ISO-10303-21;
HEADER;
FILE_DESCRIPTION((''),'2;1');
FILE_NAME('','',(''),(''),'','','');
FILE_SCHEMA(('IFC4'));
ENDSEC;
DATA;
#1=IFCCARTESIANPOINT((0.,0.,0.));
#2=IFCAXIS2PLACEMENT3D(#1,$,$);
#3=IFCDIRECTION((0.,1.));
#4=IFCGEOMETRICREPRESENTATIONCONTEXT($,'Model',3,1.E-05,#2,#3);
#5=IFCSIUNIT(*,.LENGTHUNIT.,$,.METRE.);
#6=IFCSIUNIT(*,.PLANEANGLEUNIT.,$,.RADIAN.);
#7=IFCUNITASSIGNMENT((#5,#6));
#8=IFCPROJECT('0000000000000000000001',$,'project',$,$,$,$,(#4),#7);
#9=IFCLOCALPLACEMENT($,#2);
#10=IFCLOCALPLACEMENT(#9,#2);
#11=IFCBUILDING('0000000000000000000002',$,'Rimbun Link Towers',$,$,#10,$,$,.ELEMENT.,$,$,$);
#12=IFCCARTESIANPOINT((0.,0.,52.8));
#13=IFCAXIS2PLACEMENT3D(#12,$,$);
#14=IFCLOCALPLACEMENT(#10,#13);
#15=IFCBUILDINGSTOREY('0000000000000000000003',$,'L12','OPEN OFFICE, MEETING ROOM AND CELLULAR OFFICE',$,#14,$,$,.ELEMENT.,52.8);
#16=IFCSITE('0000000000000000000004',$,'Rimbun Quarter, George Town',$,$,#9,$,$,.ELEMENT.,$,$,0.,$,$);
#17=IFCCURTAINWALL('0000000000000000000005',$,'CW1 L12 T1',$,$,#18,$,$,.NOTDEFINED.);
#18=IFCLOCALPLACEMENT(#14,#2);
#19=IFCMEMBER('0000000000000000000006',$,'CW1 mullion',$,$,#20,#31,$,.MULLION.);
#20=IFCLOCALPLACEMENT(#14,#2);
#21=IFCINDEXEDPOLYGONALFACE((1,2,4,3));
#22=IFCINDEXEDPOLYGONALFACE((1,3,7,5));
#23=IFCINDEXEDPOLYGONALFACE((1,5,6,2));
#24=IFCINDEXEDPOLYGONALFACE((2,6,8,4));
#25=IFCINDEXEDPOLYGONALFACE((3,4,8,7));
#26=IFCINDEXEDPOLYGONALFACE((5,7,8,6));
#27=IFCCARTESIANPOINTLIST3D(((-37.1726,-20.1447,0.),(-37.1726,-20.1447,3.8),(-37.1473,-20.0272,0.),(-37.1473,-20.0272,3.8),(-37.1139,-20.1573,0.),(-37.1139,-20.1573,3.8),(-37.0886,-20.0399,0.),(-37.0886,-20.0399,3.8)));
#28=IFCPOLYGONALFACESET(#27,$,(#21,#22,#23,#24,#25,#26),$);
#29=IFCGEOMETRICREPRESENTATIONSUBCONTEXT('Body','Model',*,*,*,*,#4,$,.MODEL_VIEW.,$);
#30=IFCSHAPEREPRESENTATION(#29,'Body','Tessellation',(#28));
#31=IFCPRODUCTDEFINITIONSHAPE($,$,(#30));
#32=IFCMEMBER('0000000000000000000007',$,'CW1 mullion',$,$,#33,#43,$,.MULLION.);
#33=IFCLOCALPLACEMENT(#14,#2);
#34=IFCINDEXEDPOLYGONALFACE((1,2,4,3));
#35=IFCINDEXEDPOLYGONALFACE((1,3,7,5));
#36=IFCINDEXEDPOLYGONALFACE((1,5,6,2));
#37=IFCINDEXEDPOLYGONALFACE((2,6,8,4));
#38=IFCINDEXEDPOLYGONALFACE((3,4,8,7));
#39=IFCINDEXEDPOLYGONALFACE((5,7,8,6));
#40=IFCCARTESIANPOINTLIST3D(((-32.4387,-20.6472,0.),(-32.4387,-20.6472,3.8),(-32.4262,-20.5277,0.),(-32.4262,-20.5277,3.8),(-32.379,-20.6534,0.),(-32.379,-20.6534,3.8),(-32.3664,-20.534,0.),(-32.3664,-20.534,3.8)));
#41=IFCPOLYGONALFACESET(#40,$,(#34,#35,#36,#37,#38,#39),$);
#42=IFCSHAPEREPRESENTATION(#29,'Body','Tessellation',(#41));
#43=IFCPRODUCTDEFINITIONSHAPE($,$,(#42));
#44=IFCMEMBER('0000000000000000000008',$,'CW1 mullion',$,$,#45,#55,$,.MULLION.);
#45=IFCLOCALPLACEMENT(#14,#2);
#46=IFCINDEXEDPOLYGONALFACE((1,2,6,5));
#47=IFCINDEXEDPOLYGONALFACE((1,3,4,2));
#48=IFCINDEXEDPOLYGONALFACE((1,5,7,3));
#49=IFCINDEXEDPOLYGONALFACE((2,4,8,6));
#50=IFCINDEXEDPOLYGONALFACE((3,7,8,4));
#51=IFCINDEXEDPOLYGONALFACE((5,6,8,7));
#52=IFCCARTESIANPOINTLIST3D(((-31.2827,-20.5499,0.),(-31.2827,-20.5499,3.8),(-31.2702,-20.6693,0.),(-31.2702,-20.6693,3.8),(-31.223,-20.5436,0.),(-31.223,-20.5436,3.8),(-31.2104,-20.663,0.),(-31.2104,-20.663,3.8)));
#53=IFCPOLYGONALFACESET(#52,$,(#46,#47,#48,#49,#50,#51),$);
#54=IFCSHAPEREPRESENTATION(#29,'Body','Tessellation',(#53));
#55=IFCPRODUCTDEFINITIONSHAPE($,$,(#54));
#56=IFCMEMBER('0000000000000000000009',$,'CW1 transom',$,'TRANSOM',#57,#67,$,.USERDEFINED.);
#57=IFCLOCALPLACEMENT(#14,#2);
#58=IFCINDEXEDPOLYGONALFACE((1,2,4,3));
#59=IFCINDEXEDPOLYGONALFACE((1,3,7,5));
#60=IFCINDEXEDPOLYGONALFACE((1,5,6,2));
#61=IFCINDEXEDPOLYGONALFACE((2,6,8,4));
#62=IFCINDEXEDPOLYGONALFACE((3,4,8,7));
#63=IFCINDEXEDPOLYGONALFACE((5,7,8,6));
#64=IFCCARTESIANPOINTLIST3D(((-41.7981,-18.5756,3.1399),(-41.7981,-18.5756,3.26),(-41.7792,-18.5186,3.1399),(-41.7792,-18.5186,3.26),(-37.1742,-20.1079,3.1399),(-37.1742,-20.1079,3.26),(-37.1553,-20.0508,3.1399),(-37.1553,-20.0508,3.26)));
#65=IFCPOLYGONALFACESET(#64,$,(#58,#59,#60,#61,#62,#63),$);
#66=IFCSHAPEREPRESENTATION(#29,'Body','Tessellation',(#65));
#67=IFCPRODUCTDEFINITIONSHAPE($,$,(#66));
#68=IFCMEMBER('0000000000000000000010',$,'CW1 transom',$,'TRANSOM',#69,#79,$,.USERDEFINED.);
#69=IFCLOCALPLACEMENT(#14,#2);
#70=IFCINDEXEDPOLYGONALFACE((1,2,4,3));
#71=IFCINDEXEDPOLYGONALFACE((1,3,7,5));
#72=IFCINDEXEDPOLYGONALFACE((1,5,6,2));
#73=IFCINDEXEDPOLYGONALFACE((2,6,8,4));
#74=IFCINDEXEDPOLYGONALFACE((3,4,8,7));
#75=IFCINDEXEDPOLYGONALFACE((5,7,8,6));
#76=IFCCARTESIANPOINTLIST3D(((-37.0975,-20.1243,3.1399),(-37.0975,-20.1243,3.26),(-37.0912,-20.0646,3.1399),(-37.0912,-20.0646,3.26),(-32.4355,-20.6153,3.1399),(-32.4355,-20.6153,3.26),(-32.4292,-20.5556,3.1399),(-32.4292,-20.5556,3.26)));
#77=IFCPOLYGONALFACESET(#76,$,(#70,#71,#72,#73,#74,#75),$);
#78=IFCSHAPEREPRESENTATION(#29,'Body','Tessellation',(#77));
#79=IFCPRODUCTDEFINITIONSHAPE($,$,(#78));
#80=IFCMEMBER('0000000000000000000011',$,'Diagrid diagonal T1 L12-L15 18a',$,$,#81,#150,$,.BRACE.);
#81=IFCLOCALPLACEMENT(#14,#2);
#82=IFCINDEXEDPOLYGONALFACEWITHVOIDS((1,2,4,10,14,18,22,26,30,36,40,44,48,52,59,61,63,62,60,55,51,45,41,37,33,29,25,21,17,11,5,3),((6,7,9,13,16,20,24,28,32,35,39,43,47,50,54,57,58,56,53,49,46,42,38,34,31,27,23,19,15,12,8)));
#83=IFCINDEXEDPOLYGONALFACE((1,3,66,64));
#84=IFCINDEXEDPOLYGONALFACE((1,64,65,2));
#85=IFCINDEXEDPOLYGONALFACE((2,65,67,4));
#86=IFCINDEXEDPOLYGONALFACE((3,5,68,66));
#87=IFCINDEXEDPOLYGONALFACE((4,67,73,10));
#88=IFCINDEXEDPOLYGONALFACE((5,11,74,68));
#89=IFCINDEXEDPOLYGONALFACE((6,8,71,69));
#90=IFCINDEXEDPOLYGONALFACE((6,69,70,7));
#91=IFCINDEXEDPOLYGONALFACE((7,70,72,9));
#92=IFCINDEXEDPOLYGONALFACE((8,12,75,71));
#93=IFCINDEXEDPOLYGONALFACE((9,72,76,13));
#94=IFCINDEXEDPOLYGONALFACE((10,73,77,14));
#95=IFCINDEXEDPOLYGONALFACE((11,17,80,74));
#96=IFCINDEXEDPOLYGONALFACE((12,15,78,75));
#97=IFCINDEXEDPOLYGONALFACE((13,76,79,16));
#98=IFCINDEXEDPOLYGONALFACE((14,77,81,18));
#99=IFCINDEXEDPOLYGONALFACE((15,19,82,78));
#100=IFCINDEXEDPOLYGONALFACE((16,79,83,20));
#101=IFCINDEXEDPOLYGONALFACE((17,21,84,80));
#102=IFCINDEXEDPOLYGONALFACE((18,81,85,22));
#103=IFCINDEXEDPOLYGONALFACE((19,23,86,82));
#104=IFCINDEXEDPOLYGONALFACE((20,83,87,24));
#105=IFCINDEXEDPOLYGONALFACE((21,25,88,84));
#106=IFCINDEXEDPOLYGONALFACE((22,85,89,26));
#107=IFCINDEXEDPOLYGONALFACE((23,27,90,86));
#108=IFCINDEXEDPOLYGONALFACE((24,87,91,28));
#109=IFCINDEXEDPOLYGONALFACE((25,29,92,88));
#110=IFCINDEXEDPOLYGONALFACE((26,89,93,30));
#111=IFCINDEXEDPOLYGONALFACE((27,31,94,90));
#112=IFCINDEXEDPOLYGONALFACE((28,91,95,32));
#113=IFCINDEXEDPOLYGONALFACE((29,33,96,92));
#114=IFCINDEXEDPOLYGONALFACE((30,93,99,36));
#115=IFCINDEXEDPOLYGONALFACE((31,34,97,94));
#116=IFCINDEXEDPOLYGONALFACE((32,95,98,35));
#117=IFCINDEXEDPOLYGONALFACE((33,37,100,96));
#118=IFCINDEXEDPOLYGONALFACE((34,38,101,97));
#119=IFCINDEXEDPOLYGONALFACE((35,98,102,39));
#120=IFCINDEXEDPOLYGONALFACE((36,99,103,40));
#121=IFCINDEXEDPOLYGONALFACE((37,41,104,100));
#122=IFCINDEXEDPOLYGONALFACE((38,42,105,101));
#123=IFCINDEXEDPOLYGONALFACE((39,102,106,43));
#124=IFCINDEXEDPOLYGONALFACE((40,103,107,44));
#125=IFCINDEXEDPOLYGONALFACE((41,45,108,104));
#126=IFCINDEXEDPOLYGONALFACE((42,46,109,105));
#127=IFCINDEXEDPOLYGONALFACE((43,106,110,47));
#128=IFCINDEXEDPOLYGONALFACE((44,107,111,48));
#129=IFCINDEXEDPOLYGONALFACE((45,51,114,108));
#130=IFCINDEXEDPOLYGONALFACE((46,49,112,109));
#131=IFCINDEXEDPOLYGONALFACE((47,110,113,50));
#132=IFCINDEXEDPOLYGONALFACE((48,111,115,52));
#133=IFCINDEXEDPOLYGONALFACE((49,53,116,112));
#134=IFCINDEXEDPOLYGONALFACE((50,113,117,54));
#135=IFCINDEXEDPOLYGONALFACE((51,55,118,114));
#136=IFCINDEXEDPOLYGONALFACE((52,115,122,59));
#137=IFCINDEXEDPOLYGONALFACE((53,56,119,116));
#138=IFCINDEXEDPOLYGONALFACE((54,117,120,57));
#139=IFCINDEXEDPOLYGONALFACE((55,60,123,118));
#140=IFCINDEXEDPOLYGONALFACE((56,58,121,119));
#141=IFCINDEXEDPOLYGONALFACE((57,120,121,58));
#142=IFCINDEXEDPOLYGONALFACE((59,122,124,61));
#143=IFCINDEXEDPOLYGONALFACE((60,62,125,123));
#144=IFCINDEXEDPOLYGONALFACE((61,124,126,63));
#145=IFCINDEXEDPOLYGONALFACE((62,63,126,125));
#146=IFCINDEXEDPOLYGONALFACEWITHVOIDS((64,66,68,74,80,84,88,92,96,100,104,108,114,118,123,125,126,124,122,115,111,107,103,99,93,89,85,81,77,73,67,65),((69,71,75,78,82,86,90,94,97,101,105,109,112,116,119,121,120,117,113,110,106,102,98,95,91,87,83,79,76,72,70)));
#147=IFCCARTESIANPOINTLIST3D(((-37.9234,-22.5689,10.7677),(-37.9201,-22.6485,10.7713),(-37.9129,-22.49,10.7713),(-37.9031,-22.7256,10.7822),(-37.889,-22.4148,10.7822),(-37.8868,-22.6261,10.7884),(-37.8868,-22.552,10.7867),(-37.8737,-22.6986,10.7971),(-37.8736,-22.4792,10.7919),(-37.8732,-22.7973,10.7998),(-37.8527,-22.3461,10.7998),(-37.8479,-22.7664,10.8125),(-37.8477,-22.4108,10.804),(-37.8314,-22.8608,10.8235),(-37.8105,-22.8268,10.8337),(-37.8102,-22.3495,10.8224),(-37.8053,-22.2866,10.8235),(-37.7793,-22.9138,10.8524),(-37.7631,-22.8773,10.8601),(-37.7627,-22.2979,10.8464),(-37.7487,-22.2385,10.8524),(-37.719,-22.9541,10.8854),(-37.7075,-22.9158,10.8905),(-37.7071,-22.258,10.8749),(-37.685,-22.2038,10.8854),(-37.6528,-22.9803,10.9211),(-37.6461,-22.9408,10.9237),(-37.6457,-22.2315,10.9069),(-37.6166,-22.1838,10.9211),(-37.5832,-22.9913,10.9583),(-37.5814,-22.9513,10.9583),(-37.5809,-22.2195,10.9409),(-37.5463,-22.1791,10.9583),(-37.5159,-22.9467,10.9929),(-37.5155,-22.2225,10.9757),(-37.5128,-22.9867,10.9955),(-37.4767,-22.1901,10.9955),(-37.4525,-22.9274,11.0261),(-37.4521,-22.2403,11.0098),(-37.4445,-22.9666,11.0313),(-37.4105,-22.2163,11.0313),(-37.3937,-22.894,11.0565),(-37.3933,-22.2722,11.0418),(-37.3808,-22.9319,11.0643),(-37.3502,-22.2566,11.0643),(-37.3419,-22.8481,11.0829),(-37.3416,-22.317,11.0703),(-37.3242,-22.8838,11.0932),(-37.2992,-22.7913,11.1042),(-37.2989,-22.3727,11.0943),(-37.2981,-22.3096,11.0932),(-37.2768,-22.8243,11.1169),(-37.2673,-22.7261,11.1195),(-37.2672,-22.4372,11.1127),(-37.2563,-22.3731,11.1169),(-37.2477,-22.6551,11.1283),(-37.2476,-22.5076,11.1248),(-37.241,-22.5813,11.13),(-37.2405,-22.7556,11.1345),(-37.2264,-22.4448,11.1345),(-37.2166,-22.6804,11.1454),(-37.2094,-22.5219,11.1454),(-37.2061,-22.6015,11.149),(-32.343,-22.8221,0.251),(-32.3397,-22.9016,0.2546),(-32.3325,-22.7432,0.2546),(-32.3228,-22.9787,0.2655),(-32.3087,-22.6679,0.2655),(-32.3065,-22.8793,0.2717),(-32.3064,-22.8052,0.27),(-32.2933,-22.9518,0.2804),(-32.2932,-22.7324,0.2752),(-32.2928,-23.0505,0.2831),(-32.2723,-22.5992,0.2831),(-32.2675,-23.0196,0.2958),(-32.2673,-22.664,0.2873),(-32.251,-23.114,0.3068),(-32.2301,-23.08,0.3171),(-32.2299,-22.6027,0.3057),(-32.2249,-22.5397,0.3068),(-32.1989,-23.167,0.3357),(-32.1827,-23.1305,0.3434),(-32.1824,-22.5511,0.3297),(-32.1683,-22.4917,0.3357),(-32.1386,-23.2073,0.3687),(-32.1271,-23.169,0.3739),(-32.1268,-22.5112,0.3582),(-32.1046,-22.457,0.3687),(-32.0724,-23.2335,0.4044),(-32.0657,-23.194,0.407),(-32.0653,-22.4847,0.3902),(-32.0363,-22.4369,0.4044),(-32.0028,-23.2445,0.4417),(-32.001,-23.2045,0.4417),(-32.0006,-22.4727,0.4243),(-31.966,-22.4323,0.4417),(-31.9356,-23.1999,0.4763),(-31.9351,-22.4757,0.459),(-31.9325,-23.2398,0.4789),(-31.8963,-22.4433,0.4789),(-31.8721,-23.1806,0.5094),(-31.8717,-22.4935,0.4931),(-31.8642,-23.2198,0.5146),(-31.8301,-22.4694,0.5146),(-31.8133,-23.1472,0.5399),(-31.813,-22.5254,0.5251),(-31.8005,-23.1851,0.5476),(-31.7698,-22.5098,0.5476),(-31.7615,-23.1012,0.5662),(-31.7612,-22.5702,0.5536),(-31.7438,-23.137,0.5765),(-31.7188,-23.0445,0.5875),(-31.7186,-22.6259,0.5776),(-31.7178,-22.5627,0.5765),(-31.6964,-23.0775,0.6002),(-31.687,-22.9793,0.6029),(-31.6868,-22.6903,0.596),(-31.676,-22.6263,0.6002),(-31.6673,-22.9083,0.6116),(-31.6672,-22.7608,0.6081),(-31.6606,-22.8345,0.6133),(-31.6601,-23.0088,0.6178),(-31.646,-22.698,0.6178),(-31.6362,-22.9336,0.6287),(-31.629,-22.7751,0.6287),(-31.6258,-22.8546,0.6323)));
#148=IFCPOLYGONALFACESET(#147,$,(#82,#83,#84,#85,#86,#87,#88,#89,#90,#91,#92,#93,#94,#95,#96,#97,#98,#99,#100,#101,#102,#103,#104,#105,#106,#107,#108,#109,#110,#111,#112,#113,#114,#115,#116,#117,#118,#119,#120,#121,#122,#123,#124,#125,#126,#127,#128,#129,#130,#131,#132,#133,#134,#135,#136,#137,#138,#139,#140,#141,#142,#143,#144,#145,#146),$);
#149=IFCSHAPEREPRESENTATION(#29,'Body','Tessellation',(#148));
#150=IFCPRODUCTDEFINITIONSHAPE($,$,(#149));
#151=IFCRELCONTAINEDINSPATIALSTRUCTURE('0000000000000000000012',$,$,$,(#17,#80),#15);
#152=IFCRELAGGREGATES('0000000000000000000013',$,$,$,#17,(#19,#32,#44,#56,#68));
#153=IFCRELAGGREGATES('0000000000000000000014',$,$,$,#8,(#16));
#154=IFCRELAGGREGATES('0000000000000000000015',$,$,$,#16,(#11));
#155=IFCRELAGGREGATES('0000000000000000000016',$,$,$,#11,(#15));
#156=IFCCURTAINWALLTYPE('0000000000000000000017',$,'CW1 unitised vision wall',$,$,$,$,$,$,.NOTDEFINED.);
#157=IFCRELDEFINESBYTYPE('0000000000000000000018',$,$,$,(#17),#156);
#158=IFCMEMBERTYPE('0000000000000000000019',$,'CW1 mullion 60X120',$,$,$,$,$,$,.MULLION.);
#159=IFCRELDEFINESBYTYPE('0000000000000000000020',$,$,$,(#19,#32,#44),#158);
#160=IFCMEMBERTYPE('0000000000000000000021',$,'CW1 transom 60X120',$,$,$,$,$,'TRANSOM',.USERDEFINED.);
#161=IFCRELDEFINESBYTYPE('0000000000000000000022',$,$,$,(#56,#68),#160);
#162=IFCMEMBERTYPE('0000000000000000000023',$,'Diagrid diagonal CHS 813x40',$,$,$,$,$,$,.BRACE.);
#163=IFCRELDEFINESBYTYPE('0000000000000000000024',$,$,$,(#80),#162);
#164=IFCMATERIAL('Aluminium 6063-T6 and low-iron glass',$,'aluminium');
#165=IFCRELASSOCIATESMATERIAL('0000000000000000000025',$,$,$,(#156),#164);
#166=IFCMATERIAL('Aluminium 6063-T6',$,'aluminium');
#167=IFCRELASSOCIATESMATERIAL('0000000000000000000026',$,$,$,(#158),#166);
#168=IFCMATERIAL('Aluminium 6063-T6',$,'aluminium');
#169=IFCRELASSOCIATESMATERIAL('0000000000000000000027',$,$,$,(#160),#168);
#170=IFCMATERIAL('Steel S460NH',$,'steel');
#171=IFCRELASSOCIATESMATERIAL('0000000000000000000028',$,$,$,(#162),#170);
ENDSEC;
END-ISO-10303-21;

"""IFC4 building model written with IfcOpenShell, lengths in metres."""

from ifc_helpers import new_model, si_unit, direction, frame, origin, origin_2d, place, context, subcontext, project, spatial, rectangle, hollow_circle, extrude, material, material_profile, profile_set, type_object, element, aggregate, save


model = new_model("IFC4")

# Units and contexts
model_context = context("Model", 3, precision=1e-05, world=origin(), true_north=direction((0.0, 1.0)))
body_context = subcontext(model_context, "Body", "Model", "MODEL_VIEW")
ifc_project = project(units=[si_unit("LENGTHUNIT", "METRE"), si_unit("PLANEANGLEUNIT", "RADIAN")], contexts=[model_context])

# Site, building, storey
site_placement = place(None, origin())
site = spatial("IfcSite", under=ifc_project, at=site_placement, Name="Rimbun Quarter, George Town", CompositionType="ELEMENT", RefElevation=0.0)
building_placement = place(site_placement, origin())
building = spatial("IfcBuilding", under=site, at=building_placement, Name="Rimbun Link Towers", CompositionType="ELEMENT")
storey_placement = place(building_placement, frame((0.0, 0.0, 52.8)))
storey = spatial("IfcBuildingStorey", under=building, at=storey_placement, Name="L12", Description="OPEN OFFICE, MEETING ROOM AND CELLULAR OFFICE", CompositionType="ELEMENT", Elevation=52.8)

# Curtain wall, members
ifc_material_1 = material(Name="Aluminium 6063-T6 and low-iron glass", Category="aluminium")
curtain_wall_type = type_object("IfcCurtainWallType", Name="CW1 unitised vision wall", PredefinedType="NOTDEFINED", material=ifc_material_1)
curtain_wall_placement = place(storey_placement, origin())
curtain_wall = element("IfcCurtainWall", 1, at=curtain_wall_placement, inside=storey, type_object=curtain_wall_type, Name="CW1 L12 T1", PredefinedType="NOTDEFINED")
ifc_material_2 = material(Name="Aluminium 6063-T6", Category="aluminium")
ifc_material_profile_1 = material_profile(ifc_material_2, rectangle(XDim=0.1201, YDim=0.0601, at=origin_2d()), Name="MULLION 60X120")
ifc_profile_set_1 = profile_set([ifc_material_profile_1], Name="Aluminium 6063-T6")
member_type_1 = type_object("IfcMemberType", Name="CW1 mullion 60X120", PredefinedType="MULLION", material=ifc_profile_set_1)
member_1_placement = place(storey_placement, frame((-37.1306, -20.0923, 0.0), z_axis=(0.0, 0.0, 1.0), x_axis=(-0.210874, -0.977513, 0.0)))
member_1 = element("IfcMember", 2, at=member_1_placement, type_object=member_type_1, Name="CW1 mullion", PredefinedType="MULLION", context=body_context, shape_type="SweptSolid", body=[
    extrude(rectangle(XDim=0.1201, YDim=0.0601, at=origin_2d()), origin(), (0.0, 0.0, 1.0), 3.8),
])
member_2_placement = place(storey_placement, frame((-32.4026, -20.5906, 0.0), z_axis=(0.0, 0.0, 1.0), x_axis=(-0.104748, -0.994499, 0.0)))
member_2 = element("IfcMember", 3, at=member_2_placement, type_object=member_type_1, Name="CW1 mullion", PredefinedType="MULLION", context=body_context, shape_type="SweptSolid", body=[
    extrude(rectangle(XDim=0.1201, YDim=0.0601, at=origin_2d()), origin(), (0.0, 0.0, 1.0), 3.8),
])
member_3_placement = place(storey_placement, frame((-31.2466, -20.6064, 0.0), z_axis=(0.0, 0.0, 1.0), x_axis=(0.104748, -0.994499, 0.0)))
member_3 = element("IfcMember", 4, at=member_3_placement, type_object=member_type_1, Name="CW1 mullion", PredefinedType="MULLION", context=body_context, shape_type="SweptSolid", body=[
    extrude(rectangle(XDim=0.1201, YDim=0.0601, at=origin_2d()), origin(), (0.0, 0.0, 1.0), 3.8),
])
ifc_material_3 = material(Name="Aluminium 6063-T6", Category="aluminium")
ifc_material_profile_2 = material_profile(ifc_material_3, rectangle(XDim=0.0601, YDim=0.1201, at=origin_2d()), Name="TRANSOM 60X120")
ifc_profile_set_2 = profile_set([ifc_material_profile_2], Name="Aluminium 6063-T6")
member_type_2 = type_object("IfcMemberType", Name="CW1 transom 60X120", ElementType="TRANSOM", PredefinedType="USERDEFINED", material=ifc_profile_set_2)
member_4_placement = place(storey_placement, frame((-37.1648, -20.0793, 3.2), z_axis=(-0.949238, 0.314558, 0.0), x_axis=(-0.314558, -0.949238, 0.0)))
member_4 = element("IfcMember", 5, at=member_4_placement, type_object=member_type_2, Name="CW1 transom", ObjectType="TRANSOM", PredefinedType="USERDEFINED", context=body_context, shape_type="SweptSolid", body=[
    extrude(rectangle(XDim=0.0601, YDim=0.1201, at=origin_2d()), origin(), (0.0, 0.0, 1.0), 4.8711),
])
member_5_placement = place(storey_placement, frame((-32.4324, -20.5854, 3.2), z_axis=(-0.9945, 0.104736, 0.0), x_axis=(-0.104736, -0.9945, 0.0)))
member_5 = element("IfcMember", 6, at=member_5_placement, type_object=member_type_2, Name="CW1 transom", ObjectType="TRANSOM", PredefinedType="USERDEFINED", context=body_context, shape_type="SweptSolid", body=[
    extrude(rectangle(XDim=0.0601, YDim=0.1201, at=origin_2d()), origin(), (0.0, 0.0, 1.0), 4.6877),
])

# Member
ifc_material_4 = material(Name="Steel S460NH", Category="steel")
ifc_material_profile_3 = material_profile(ifc_material_4, hollow_circle(Radius=0.4065, WallThickness=0.04, at=origin_2d()), Name="Diagrid diagonal CHS 813x40")
ifc_profile_set_3 = profile_set([ifc_material_profile_3], Name="Steel S460NH")
member_type_3 = type_object("IfcMemberType", Name="Diagrid diagonal CHS 813x40", PredefinedType="BRACE", material=ifc_profile_set_3)
for number, where, z_axis, x_axis, name in (
    (7, (-31.9844, -22.8384, 0.4417), (-0.468615, 0.021261, 0.883146), (-0.045322, -0.998972, 0.0), "Diagrid diagonal T1 L12-L15 18a"),
):
    element("IfcMember", number, at=place(storey_placement, frame(where, z_axis=z_axis, x_axis=x_axis)), inside=storey, type_object=member_type_3, Name=name, PredefinedType="BRACE", context=body_context, shape_type="SweptSolid", body=[
        extrude(hollow_circle(Radius=0.4065, WallThickness=0.04, at=origin_2d()), origin(), (0.0, 0.0, 1.0), 11.9082),
    ])

aggregate(curtain_wall, [member_1, member_2, member_3, member_4, member_5])

save(model, "model.ifc")
